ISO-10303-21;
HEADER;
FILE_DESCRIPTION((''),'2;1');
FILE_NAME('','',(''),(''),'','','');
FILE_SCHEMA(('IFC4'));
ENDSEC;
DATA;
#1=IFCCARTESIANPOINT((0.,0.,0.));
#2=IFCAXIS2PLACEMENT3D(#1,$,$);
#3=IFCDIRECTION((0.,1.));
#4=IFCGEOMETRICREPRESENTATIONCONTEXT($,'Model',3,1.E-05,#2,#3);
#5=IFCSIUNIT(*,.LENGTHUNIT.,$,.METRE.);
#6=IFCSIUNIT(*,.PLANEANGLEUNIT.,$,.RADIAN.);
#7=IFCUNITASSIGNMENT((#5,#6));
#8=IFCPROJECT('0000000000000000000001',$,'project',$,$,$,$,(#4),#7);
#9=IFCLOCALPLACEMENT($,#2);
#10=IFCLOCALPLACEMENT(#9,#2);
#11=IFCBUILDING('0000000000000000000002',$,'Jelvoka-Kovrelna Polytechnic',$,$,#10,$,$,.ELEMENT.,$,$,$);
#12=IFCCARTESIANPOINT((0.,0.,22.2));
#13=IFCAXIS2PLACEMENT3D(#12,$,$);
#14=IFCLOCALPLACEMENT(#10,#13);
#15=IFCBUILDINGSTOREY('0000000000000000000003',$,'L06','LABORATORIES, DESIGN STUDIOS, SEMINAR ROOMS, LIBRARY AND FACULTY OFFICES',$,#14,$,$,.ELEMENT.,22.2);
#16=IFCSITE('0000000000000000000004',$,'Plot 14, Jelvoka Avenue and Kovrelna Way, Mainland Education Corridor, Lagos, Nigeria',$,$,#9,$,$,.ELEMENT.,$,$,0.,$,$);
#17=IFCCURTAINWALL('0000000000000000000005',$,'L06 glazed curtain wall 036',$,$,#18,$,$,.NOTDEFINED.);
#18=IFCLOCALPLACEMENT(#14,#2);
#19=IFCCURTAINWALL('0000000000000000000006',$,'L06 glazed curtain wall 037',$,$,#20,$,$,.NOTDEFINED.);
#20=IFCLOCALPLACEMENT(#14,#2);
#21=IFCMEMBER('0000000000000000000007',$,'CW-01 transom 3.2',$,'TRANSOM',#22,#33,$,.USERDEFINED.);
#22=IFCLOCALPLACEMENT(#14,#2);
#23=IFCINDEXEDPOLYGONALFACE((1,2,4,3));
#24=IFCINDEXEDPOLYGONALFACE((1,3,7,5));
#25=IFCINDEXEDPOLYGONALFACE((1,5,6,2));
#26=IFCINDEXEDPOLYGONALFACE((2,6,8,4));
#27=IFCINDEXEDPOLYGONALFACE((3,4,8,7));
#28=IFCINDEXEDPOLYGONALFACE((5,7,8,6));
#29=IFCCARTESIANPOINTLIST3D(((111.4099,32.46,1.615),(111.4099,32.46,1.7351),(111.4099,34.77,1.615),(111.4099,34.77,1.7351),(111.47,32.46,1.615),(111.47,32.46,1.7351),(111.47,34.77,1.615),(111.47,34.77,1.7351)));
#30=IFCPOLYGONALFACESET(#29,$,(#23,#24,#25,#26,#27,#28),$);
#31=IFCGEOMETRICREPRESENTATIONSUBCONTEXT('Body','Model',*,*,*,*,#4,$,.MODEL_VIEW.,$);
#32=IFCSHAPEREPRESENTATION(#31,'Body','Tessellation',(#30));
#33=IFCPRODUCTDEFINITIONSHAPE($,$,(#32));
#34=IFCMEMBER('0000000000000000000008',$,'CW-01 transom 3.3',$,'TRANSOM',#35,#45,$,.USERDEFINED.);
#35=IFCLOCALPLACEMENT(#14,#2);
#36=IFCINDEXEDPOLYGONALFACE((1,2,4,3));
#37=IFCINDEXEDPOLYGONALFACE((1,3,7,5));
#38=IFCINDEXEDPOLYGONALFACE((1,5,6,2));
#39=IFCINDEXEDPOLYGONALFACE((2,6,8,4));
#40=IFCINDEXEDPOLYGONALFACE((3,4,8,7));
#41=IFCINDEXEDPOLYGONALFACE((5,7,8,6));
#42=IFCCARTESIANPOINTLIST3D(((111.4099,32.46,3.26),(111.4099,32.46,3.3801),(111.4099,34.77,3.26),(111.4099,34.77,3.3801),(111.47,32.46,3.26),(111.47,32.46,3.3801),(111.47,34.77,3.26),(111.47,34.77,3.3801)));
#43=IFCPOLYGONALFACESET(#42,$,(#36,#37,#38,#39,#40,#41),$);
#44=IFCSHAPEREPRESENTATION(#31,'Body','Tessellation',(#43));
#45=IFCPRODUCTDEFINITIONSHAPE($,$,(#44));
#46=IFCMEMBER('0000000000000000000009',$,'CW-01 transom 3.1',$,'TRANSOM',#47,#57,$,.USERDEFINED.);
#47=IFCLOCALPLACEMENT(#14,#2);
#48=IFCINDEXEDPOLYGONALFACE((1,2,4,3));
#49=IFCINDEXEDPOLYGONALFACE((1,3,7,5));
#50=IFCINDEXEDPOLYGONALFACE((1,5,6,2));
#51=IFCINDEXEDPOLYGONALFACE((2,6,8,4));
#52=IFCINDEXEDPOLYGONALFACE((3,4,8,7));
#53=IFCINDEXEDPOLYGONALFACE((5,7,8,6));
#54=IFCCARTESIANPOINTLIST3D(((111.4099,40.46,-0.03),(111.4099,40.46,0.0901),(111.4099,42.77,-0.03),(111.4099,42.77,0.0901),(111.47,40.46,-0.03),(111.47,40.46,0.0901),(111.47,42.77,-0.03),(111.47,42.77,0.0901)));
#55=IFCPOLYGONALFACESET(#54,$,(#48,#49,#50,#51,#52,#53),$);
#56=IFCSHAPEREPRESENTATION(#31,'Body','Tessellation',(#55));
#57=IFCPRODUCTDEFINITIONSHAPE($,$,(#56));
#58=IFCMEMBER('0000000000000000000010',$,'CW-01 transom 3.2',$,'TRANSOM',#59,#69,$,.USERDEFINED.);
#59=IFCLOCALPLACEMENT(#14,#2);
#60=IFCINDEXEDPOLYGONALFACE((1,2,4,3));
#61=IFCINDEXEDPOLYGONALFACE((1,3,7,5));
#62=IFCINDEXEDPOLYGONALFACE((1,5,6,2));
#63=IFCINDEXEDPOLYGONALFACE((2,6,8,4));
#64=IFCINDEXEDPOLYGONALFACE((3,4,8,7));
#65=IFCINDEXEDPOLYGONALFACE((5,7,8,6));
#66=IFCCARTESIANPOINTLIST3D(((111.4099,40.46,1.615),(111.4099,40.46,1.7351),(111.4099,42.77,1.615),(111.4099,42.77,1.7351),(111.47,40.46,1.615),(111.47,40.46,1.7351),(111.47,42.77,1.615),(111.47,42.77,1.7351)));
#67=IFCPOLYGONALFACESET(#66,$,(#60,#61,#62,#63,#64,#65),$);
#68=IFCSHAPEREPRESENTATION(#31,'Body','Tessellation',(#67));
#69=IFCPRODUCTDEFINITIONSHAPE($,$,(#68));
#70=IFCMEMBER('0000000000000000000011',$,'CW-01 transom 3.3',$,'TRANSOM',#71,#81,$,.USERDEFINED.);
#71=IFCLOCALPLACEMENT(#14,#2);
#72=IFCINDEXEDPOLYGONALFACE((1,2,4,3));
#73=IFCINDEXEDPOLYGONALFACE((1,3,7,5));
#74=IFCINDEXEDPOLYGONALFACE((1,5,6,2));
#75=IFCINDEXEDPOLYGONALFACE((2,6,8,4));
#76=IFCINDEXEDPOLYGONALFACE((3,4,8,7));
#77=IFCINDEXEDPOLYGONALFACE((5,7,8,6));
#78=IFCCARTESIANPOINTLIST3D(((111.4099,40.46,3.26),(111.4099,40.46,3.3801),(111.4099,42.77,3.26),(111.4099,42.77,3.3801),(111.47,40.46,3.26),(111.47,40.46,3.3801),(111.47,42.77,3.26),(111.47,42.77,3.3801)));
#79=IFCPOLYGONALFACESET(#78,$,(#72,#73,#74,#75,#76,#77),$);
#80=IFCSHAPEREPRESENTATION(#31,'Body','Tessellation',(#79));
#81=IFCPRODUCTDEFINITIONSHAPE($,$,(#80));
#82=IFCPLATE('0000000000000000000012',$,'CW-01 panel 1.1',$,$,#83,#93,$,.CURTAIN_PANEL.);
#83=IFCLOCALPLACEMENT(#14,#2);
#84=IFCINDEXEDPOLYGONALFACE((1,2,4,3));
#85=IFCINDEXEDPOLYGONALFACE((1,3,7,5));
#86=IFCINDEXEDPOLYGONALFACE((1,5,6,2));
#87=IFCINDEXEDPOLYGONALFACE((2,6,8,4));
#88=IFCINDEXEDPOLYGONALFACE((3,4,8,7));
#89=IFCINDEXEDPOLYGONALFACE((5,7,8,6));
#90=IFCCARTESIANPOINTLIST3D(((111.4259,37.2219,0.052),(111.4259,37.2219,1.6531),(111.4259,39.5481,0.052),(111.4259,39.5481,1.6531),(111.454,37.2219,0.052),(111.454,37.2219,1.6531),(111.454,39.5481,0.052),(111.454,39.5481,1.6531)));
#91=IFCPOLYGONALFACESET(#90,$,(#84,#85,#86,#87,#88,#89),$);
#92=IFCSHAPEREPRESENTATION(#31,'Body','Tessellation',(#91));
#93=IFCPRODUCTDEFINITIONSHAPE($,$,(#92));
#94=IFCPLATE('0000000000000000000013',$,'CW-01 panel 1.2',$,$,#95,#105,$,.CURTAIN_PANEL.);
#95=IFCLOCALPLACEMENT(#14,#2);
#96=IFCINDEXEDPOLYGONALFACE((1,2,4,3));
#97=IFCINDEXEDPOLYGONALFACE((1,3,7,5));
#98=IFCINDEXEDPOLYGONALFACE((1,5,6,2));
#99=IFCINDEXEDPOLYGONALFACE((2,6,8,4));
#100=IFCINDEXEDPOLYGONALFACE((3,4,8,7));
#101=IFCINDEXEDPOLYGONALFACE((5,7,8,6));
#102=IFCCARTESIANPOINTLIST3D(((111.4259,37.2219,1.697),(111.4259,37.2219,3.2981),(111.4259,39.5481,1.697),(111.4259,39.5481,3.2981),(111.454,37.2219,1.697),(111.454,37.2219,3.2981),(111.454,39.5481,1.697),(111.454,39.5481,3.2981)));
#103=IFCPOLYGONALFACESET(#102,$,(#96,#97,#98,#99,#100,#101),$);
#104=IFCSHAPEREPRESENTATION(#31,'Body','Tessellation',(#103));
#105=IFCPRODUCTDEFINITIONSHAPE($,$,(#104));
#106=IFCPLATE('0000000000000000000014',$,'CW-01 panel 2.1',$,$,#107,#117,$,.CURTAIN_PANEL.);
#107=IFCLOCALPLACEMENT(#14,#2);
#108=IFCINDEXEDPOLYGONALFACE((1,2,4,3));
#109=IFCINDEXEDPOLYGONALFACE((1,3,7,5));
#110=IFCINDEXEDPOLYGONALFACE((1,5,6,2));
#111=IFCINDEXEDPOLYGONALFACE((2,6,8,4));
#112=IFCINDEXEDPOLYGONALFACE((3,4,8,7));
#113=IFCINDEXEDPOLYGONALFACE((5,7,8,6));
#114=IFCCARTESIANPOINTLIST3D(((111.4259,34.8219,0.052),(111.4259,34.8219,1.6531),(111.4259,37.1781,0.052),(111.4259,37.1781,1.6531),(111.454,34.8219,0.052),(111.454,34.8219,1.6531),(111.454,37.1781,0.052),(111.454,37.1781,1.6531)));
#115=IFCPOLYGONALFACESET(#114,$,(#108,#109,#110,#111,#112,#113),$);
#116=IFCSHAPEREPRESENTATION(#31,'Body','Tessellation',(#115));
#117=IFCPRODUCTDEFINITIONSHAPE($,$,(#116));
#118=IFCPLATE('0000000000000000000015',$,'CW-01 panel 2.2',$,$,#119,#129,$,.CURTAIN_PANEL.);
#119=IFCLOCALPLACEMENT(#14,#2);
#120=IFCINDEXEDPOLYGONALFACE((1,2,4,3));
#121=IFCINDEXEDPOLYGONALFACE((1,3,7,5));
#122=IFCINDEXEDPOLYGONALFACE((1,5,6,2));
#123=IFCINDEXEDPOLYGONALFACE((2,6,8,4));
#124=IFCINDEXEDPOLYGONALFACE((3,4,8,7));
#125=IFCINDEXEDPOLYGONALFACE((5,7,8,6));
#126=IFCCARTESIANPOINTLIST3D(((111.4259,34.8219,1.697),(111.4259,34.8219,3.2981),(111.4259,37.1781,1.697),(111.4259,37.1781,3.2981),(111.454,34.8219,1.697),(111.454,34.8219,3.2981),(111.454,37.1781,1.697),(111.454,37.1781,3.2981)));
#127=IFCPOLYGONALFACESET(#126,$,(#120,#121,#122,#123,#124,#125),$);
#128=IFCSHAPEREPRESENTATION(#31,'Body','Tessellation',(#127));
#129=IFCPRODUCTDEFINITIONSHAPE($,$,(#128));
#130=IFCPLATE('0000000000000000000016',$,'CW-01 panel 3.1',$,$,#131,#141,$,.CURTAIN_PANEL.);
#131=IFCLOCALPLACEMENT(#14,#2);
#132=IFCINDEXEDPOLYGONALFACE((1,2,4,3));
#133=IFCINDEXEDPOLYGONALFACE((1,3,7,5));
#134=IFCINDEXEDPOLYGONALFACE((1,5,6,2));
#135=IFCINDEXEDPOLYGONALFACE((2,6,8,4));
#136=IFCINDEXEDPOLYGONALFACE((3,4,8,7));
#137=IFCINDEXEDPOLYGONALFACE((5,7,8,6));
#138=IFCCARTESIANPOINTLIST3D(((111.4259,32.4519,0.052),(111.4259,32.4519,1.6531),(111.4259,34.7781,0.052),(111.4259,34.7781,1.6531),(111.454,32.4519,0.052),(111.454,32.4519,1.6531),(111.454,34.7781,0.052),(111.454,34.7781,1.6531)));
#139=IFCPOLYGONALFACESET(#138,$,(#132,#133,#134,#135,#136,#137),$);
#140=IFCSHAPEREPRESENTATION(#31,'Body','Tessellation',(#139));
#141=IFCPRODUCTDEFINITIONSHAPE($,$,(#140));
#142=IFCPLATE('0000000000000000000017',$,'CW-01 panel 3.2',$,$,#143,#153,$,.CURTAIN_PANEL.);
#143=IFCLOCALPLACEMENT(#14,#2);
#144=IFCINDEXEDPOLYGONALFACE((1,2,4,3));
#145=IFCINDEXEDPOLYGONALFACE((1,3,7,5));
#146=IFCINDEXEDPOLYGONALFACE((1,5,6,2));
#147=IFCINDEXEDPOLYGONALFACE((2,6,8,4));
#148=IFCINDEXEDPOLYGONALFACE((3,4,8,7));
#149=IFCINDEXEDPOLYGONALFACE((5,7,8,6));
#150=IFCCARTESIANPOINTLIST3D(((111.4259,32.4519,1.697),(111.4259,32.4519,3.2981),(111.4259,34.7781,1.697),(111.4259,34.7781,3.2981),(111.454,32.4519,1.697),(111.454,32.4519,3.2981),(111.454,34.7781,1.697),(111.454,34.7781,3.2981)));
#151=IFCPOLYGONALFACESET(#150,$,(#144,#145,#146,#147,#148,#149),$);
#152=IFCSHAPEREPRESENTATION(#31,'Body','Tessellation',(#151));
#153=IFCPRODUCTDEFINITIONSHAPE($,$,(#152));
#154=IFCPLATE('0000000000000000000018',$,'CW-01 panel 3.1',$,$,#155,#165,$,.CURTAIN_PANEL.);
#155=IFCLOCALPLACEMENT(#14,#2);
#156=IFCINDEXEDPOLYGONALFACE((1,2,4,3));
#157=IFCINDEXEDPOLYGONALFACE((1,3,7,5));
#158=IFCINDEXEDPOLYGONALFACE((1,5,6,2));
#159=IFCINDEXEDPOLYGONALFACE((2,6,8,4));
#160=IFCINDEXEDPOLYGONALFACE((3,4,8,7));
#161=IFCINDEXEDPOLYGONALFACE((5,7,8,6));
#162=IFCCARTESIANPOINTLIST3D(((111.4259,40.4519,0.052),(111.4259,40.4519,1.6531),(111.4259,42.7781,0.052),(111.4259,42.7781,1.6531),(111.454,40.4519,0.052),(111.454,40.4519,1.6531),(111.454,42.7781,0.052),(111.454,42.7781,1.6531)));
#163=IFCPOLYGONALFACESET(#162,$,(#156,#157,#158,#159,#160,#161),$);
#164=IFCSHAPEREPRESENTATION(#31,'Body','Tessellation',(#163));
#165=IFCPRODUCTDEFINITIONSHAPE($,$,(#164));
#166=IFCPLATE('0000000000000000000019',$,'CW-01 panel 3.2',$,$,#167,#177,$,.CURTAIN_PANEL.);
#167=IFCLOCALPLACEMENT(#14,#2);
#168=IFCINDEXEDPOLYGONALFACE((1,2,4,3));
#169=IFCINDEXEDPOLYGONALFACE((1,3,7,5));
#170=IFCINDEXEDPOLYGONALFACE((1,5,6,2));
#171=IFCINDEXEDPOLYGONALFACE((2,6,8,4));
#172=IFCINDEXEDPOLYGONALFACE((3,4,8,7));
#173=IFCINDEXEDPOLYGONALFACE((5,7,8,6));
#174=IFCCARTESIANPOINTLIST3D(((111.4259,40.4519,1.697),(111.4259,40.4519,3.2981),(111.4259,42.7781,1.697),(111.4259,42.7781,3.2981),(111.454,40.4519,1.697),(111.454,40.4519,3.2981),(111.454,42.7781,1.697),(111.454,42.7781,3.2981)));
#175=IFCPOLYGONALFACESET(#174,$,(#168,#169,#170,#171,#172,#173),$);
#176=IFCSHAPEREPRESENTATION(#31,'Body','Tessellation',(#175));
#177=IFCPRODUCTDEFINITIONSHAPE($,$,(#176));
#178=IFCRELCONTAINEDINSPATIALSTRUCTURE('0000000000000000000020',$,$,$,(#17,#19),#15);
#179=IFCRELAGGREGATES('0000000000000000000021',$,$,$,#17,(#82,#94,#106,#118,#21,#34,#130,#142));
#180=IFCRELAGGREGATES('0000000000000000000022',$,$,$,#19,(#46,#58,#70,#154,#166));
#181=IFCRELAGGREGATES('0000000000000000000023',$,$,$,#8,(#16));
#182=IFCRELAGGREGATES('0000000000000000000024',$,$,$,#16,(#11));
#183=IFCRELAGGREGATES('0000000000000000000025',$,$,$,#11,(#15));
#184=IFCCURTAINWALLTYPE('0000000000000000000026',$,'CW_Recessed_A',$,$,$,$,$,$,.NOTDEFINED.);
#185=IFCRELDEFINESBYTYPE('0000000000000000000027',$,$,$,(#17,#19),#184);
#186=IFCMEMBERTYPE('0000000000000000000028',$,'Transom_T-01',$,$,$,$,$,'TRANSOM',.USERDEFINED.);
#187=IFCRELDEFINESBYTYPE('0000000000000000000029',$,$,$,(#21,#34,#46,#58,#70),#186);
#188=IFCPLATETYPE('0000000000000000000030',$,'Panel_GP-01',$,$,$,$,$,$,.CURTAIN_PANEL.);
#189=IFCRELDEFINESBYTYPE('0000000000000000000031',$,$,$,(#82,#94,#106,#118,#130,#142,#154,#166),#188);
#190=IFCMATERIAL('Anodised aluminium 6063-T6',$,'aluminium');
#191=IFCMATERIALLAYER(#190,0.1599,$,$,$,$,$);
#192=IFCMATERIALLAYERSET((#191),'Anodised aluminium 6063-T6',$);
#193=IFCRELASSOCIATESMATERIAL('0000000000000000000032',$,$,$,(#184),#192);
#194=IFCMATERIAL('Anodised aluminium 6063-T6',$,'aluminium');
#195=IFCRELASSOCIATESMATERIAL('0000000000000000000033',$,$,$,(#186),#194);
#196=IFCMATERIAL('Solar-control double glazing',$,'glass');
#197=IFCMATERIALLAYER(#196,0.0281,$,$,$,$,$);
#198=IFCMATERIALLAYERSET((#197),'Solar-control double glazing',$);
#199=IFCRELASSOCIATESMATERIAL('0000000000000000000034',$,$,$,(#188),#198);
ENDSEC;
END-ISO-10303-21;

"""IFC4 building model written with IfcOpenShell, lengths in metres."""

from ifc_helpers import new_model, si_unit, direction, frame, origin, origin_2d, place, context, subcontext, project, spatial, rectangle, extrude, material, layer, layer_set, material_profile, profile_set, type_object, element, aggregate, save


model = new_model("IFC4")

# Units and contexts
model_context = context("Model", 3, precision=1e-05, world=origin(), true_north=direction((0.0, 1.0)))
body_context = subcontext(model_context, "Body", "Model", "MODEL_VIEW")
ifc_project = project(units=[si_unit("LENGTHUNIT", "METRE"), si_unit("PLANEANGLEUNIT", "RADIAN")], contexts=[model_context])

# Site, building, storey
site_placement = place(None, origin())
site = spatial("IfcSite", under=ifc_project, at=site_placement, Name="Plot 14, Jelvoka Avenue and Kovrelna Way, Mainland Education Corridor, Lagos, Nigeria", CompositionType="ELEMENT", RefElevation=0.0)
building_placement = place(site_placement, origin())
building = spatial("IfcBuilding", under=site, at=building_placement, Name="Jelvoka-Kovrelna Polytechnic", CompositionType="ELEMENT")
storey_placement = place(building_placement, frame((0.0, 0.0, 22.2)))
storey = spatial("IfcBuildingStorey", under=building, at=storey_placement, Name="L06", Description="LABORATORIES, DESIGN STUDIOS, SEMINAR ROOMS, LIBRARY AND FACULTY OFFICES", CompositionType="ELEMENT", Elevation=22.2)

# Curtain walls
ifc_material_1 = material(Name="Anodised aluminium 6063-T6", Category="aluminium")
ifc_layer_1 = layer(ifc_material_1, 0.1599)
ifc_layer_set_1 = layer_set([ifc_layer_1], Name="Anodised aluminium 6063-T6")
curtain_wall_type = type_object("IfcCurtainWallType", Name="CW_Recessed_A", PredefinedType="NOTDEFINED", material=ifc_layer_set_1)
curtain_wall_1_placement = place(storey_placement, origin())
curtain_wall_1 = element("IfcCurtainWall", 1, at=curtain_wall_1_placement, inside=storey, type_object=curtain_wall_type, Name="L06 glazed curtain wall 036", PredefinedType="NOTDEFINED")
curtain_wall_2_placement = place(storey_placement, origin())
curtain_wall_2 = element("IfcCurtainWall", 2, at=curtain_wall_2_placement, inside=storey, type_object=curtain_wall_type, Name="L06 glazed curtain wall 037", PredefinedType="NOTDEFINED")

# Members
ifc_material_2 = material(Name="Anodised aluminium 6063-T6", Category="aluminium")
ifc_material_profile_1 = material_profile(ifc_material_2, rectangle(XDim=0.0601, YDim=0.1201, at=origin_2d()), Name="ALU 60x120")
ifc_profile_set_1 = profile_set([ifc_material_profile_1], Name="Anodised aluminium 6063-T6")
member_type_1 = type_object("IfcMemberType", Name="Transom_T-01", ElementType="TRANSOM", PredefinedType="USERDEFINED", material=ifc_profile_set_1)
member_1_placement = place(storey_placement, frame((111.4399, 34.77, 1.675), z_axis=(0.0, -1.0, 0.0), x_axis=(1.0, 0.0, 0.0)))
member_1 = element("IfcMember", 3, at=member_1_placement, type_object=member_type_1, Name="CW-01 transom 3.2", ObjectType="TRANSOM", PredefinedType="USERDEFINED", context=body_context, shape_type="SweptSolid", body=[
    extrude(rectangle(XDim=0.0601, YDim=0.1201, at=origin_2d()), origin(), (0.0, 0.0, 1.0), 2.3101),
])
member_2_placement = place(storey_placement, frame((111.4399, 34.77, 3.3201), z_axis=(0.0, -1.0, 0.0), x_axis=(1.0, 0.0, 0.0)))
member_2 = element("IfcMember", 4, at=member_2_placement, type_object=member_type_1, Name="CW-01 transom 3.3", ObjectType="TRANSOM", PredefinedType="USERDEFINED", context=body_context, shape_type="SweptSolid", body=[
    extrude(rectangle(XDim=0.0601, YDim=0.1201, at=origin_2d()), origin(), (0.0, 0.0, 1.0), 2.3101),
])
member_3_placement = place(storey_placement, frame((111.4399, 42.77, 0.03), z_axis=(0.0, -1.0, 0.0), x_axis=(1.0, 0.0, 0.0)))
member_3 = element("IfcMember", 5, at=member_3_placement, type_object=member_type_1, Name="CW-01 transom 3.1", ObjectType="TRANSOM", PredefinedType="USERDEFINED", context=body_context, shape_type="SweptSolid", body=[
    extrude(rectangle(XDim=0.0601, YDim=0.1201, at=origin_2d()), origin(), (0.0, 0.0, 1.0), 2.3101),
])
member_4_placement = place(storey_placement, frame((111.4399, 42.77, 1.675), z_axis=(0.0, -1.0, 0.0), x_axis=(1.0, 0.0, 0.0)))
member_4 = element("IfcMember", 6, at=member_4_placement, type_object=member_type_1, Name="CW-01 transom 3.2", ObjectType="TRANSOM", PredefinedType="USERDEFINED", context=body_context, shape_type="SweptSolid", body=[
    extrude(rectangle(XDim=0.0601, YDim=0.1201, at=origin_2d()), origin(), (0.0, 0.0, 1.0), 2.3101),
])
member_5_placement = place(storey_placement, frame((111.4399, 42.77, 3.3201), z_axis=(0.0, -1.0, 0.0), x_axis=(1.0, 0.0, 0.0)))
member_5 = element("IfcMember", 7, at=member_5_placement, type_object=member_type_1, Name="CW-01 transom 3.3", ObjectType="TRANSOM", PredefinedType="USERDEFINED", context=body_context, shape_type="SweptSolid", body=[
    extrude(rectangle(XDim=0.0601, YDim=0.1201, at=origin_2d()), origin(), (0.0, 0.0, 1.0), 2.3101),
])

# Plates
ifc_material_3 = material(Name="Solar-control double glazing", Category="glass")
ifc_layer_2 = layer(ifc_material_3, 0.0281)
ifc_layer_set_2 = layer_set([ifc_layer_2], Name="Solar-control double glazing")
plate_type = type_object("IfcPlateType", Name="Panel_GP-01", PredefinedType="CURTAIN_PANEL", material=ifc_layer_set_2)
plate_1_placement = place(storey_placement, frame((111.4399, 38.385, 0.052), z_axis=(0.0, 0.0, 1.0), x_axis=(0.0, -1.0, 0.0)))
plate_1 = element("IfcPlate", 8, at=plate_1_placement, type_object=plate_type, Name="CW-01 panel 1.1", PredefinedType="CURTAIN_PANEL", context=body_context, shape_type="SweptSolid", body=[
    extrude(rectangle(XDim=2.3262, YDim=0.0281, at=origin_2d()), origin(), (0.0, 0.0, 1.0), 1.6011),
])
plate_2_placement = place(storey_placement, frame((111.4399, 38.385, 1.697), z_axis=(0.0, 0.0, 1.0), x_axis=(0.0, -1.0, 0.0)))
plate_2 = element("IfcPlate", 9, at=plate_2_placement, type_object=plate_type, Name="CW-01 panel 1.2", PredefinedType="CURTAIN_PANEL", context=body_context, shape_type="SweptSolid", body=[
    extrude(rectangle(XDim=2.3262, YDim=0.0281, at=origin_2d()), origin(), (0.0, 0.0, 1.0), 1.6011),
])
plate_3_placement = place(storey_placement, frame((111.4399, 36.0, 0.052), z_axis=(0.0, 0.0, 1.0), x_axis=(0.0, -1.0, 0.0)))
plate_3 = element("IfcPlate", 10, at=plate_3_placement, type_object=plate_type, Name="CW-01 panel 2.1", PredefinedType="CURTAIN_PANEL", context=body_context, shape_type="SweptSolid", body=[
    extrude(rectangle(XDim=2.3562, YDim=0.0281, at=origin_2d()), origin(), (0.0, 0.0, 1.0), 1.6011),
])
plate_4_placement = place(storey_placement, frame((111.4399, 36.0, 1.697), z_axis=(0.0, 0.0, 1.0), x_axis=(0.0, -1.0, 0.0)))
plate_4 = element("IfcPlate", 11, at=plate_4_placement, type_object=plate_type, Name="CW-01 panel 2.2", PredefinedType="CURTAIN_PANEL", context=body_context, shape_type="SweptSolid", body=[
    extrude(rectangle(XDim=2.3562, YDim=0.0281, at=origin_2d()), origin(), (0.0, 0.0, 1.0), 1.6011),
])
plate_5_placement = place(storey_placement, frame((111.4399, 33.615, 0.052), z_axis=(0.0, 0.0, 1.0), x_axis=(0.0, -1.0, 0.0)))
plate_5 = element("IfcPlate", 12, at=plate_5_placement, type_object=plate_type, Name="CW-01 panel 3.1", PredefinedType="CURTAIN_PANEL", context=body_context, shape_type="SweptSolid", body=[
    extrude(rectangle(XDim=2.3262, YDim=0.0281, at=origin_2d()), origin(), (0.0, 0.0, 1.0), 1.6011),
])
plate_6_placement = place(storey_placement, frame((111.4399, 33.615, 1.697), z_axis=(0.0, 0.0, 1.0), x_axis=(0.0, -1.0, 0.0)))
plate_6 = element("IfcPlate", 13, at=plate_6_placement, type_object=plate_type, Name="CW-01 panel 3.2", PredefinedType="CURTAIN_PANEL", context=body_context, shape_type="SweptSolid", body=[
    extrude(rectangle(XDim=2.3262, YDim=0.0281, at=origin_2d()), origin(), (0.0, 0.0, 1.0), 1.6011),
])
aggregate(curtain_wall_1, [plate_1, plate_2, plate_3, plate_4, member_1, member_2, plate_5, plate_6])
plate_7_placement = place(storey_placement, frame((111.4399, 41.615, 0.052), z_axis=(0.0, 0.0, 1.0), x_axis=(0.0, -1.0, 0.0)))
plate_7 = element("IfcPlate", 14, at=plate_7_placement, type_object=plate_type, Name="CW-01 panel 3.1", PredefinedType="CURTAIN_PANEL", context=body_context, shape_type="SweptSolid", body=[
    extrude(rectangle(XDim=2.3262, YDim=0.0281, at=origin_2d()), origin(), (0.0, 0.0, 1.0), 1.6011),
])
plate_8_placement = place(storey_placement, frame((111.4399, 41.615, 1.697), z_axis=(0.0, 0.0, 1.0), x_axis=(0.0, -1.0, 0.0)))
plate_8 = element("IfcPlate", 15, at=plate_8_placement, type_object=plate_type, Name="CW-01 panel 3.2", PredefinedType="CURTAIN_PANEL", context=body_context, shape_type="SweptSolid", body=[
    extrude(rectangle(XDim=2.3262, YDim=0.0281, at=origin_2d()), origin(), (0.0, 0.0, 1.0), 1.6011),
])
aggregate(curtain_wall_2, [member_3, member_4, member_5, plate_7, plate_8])

save(model, "model.ifc")
